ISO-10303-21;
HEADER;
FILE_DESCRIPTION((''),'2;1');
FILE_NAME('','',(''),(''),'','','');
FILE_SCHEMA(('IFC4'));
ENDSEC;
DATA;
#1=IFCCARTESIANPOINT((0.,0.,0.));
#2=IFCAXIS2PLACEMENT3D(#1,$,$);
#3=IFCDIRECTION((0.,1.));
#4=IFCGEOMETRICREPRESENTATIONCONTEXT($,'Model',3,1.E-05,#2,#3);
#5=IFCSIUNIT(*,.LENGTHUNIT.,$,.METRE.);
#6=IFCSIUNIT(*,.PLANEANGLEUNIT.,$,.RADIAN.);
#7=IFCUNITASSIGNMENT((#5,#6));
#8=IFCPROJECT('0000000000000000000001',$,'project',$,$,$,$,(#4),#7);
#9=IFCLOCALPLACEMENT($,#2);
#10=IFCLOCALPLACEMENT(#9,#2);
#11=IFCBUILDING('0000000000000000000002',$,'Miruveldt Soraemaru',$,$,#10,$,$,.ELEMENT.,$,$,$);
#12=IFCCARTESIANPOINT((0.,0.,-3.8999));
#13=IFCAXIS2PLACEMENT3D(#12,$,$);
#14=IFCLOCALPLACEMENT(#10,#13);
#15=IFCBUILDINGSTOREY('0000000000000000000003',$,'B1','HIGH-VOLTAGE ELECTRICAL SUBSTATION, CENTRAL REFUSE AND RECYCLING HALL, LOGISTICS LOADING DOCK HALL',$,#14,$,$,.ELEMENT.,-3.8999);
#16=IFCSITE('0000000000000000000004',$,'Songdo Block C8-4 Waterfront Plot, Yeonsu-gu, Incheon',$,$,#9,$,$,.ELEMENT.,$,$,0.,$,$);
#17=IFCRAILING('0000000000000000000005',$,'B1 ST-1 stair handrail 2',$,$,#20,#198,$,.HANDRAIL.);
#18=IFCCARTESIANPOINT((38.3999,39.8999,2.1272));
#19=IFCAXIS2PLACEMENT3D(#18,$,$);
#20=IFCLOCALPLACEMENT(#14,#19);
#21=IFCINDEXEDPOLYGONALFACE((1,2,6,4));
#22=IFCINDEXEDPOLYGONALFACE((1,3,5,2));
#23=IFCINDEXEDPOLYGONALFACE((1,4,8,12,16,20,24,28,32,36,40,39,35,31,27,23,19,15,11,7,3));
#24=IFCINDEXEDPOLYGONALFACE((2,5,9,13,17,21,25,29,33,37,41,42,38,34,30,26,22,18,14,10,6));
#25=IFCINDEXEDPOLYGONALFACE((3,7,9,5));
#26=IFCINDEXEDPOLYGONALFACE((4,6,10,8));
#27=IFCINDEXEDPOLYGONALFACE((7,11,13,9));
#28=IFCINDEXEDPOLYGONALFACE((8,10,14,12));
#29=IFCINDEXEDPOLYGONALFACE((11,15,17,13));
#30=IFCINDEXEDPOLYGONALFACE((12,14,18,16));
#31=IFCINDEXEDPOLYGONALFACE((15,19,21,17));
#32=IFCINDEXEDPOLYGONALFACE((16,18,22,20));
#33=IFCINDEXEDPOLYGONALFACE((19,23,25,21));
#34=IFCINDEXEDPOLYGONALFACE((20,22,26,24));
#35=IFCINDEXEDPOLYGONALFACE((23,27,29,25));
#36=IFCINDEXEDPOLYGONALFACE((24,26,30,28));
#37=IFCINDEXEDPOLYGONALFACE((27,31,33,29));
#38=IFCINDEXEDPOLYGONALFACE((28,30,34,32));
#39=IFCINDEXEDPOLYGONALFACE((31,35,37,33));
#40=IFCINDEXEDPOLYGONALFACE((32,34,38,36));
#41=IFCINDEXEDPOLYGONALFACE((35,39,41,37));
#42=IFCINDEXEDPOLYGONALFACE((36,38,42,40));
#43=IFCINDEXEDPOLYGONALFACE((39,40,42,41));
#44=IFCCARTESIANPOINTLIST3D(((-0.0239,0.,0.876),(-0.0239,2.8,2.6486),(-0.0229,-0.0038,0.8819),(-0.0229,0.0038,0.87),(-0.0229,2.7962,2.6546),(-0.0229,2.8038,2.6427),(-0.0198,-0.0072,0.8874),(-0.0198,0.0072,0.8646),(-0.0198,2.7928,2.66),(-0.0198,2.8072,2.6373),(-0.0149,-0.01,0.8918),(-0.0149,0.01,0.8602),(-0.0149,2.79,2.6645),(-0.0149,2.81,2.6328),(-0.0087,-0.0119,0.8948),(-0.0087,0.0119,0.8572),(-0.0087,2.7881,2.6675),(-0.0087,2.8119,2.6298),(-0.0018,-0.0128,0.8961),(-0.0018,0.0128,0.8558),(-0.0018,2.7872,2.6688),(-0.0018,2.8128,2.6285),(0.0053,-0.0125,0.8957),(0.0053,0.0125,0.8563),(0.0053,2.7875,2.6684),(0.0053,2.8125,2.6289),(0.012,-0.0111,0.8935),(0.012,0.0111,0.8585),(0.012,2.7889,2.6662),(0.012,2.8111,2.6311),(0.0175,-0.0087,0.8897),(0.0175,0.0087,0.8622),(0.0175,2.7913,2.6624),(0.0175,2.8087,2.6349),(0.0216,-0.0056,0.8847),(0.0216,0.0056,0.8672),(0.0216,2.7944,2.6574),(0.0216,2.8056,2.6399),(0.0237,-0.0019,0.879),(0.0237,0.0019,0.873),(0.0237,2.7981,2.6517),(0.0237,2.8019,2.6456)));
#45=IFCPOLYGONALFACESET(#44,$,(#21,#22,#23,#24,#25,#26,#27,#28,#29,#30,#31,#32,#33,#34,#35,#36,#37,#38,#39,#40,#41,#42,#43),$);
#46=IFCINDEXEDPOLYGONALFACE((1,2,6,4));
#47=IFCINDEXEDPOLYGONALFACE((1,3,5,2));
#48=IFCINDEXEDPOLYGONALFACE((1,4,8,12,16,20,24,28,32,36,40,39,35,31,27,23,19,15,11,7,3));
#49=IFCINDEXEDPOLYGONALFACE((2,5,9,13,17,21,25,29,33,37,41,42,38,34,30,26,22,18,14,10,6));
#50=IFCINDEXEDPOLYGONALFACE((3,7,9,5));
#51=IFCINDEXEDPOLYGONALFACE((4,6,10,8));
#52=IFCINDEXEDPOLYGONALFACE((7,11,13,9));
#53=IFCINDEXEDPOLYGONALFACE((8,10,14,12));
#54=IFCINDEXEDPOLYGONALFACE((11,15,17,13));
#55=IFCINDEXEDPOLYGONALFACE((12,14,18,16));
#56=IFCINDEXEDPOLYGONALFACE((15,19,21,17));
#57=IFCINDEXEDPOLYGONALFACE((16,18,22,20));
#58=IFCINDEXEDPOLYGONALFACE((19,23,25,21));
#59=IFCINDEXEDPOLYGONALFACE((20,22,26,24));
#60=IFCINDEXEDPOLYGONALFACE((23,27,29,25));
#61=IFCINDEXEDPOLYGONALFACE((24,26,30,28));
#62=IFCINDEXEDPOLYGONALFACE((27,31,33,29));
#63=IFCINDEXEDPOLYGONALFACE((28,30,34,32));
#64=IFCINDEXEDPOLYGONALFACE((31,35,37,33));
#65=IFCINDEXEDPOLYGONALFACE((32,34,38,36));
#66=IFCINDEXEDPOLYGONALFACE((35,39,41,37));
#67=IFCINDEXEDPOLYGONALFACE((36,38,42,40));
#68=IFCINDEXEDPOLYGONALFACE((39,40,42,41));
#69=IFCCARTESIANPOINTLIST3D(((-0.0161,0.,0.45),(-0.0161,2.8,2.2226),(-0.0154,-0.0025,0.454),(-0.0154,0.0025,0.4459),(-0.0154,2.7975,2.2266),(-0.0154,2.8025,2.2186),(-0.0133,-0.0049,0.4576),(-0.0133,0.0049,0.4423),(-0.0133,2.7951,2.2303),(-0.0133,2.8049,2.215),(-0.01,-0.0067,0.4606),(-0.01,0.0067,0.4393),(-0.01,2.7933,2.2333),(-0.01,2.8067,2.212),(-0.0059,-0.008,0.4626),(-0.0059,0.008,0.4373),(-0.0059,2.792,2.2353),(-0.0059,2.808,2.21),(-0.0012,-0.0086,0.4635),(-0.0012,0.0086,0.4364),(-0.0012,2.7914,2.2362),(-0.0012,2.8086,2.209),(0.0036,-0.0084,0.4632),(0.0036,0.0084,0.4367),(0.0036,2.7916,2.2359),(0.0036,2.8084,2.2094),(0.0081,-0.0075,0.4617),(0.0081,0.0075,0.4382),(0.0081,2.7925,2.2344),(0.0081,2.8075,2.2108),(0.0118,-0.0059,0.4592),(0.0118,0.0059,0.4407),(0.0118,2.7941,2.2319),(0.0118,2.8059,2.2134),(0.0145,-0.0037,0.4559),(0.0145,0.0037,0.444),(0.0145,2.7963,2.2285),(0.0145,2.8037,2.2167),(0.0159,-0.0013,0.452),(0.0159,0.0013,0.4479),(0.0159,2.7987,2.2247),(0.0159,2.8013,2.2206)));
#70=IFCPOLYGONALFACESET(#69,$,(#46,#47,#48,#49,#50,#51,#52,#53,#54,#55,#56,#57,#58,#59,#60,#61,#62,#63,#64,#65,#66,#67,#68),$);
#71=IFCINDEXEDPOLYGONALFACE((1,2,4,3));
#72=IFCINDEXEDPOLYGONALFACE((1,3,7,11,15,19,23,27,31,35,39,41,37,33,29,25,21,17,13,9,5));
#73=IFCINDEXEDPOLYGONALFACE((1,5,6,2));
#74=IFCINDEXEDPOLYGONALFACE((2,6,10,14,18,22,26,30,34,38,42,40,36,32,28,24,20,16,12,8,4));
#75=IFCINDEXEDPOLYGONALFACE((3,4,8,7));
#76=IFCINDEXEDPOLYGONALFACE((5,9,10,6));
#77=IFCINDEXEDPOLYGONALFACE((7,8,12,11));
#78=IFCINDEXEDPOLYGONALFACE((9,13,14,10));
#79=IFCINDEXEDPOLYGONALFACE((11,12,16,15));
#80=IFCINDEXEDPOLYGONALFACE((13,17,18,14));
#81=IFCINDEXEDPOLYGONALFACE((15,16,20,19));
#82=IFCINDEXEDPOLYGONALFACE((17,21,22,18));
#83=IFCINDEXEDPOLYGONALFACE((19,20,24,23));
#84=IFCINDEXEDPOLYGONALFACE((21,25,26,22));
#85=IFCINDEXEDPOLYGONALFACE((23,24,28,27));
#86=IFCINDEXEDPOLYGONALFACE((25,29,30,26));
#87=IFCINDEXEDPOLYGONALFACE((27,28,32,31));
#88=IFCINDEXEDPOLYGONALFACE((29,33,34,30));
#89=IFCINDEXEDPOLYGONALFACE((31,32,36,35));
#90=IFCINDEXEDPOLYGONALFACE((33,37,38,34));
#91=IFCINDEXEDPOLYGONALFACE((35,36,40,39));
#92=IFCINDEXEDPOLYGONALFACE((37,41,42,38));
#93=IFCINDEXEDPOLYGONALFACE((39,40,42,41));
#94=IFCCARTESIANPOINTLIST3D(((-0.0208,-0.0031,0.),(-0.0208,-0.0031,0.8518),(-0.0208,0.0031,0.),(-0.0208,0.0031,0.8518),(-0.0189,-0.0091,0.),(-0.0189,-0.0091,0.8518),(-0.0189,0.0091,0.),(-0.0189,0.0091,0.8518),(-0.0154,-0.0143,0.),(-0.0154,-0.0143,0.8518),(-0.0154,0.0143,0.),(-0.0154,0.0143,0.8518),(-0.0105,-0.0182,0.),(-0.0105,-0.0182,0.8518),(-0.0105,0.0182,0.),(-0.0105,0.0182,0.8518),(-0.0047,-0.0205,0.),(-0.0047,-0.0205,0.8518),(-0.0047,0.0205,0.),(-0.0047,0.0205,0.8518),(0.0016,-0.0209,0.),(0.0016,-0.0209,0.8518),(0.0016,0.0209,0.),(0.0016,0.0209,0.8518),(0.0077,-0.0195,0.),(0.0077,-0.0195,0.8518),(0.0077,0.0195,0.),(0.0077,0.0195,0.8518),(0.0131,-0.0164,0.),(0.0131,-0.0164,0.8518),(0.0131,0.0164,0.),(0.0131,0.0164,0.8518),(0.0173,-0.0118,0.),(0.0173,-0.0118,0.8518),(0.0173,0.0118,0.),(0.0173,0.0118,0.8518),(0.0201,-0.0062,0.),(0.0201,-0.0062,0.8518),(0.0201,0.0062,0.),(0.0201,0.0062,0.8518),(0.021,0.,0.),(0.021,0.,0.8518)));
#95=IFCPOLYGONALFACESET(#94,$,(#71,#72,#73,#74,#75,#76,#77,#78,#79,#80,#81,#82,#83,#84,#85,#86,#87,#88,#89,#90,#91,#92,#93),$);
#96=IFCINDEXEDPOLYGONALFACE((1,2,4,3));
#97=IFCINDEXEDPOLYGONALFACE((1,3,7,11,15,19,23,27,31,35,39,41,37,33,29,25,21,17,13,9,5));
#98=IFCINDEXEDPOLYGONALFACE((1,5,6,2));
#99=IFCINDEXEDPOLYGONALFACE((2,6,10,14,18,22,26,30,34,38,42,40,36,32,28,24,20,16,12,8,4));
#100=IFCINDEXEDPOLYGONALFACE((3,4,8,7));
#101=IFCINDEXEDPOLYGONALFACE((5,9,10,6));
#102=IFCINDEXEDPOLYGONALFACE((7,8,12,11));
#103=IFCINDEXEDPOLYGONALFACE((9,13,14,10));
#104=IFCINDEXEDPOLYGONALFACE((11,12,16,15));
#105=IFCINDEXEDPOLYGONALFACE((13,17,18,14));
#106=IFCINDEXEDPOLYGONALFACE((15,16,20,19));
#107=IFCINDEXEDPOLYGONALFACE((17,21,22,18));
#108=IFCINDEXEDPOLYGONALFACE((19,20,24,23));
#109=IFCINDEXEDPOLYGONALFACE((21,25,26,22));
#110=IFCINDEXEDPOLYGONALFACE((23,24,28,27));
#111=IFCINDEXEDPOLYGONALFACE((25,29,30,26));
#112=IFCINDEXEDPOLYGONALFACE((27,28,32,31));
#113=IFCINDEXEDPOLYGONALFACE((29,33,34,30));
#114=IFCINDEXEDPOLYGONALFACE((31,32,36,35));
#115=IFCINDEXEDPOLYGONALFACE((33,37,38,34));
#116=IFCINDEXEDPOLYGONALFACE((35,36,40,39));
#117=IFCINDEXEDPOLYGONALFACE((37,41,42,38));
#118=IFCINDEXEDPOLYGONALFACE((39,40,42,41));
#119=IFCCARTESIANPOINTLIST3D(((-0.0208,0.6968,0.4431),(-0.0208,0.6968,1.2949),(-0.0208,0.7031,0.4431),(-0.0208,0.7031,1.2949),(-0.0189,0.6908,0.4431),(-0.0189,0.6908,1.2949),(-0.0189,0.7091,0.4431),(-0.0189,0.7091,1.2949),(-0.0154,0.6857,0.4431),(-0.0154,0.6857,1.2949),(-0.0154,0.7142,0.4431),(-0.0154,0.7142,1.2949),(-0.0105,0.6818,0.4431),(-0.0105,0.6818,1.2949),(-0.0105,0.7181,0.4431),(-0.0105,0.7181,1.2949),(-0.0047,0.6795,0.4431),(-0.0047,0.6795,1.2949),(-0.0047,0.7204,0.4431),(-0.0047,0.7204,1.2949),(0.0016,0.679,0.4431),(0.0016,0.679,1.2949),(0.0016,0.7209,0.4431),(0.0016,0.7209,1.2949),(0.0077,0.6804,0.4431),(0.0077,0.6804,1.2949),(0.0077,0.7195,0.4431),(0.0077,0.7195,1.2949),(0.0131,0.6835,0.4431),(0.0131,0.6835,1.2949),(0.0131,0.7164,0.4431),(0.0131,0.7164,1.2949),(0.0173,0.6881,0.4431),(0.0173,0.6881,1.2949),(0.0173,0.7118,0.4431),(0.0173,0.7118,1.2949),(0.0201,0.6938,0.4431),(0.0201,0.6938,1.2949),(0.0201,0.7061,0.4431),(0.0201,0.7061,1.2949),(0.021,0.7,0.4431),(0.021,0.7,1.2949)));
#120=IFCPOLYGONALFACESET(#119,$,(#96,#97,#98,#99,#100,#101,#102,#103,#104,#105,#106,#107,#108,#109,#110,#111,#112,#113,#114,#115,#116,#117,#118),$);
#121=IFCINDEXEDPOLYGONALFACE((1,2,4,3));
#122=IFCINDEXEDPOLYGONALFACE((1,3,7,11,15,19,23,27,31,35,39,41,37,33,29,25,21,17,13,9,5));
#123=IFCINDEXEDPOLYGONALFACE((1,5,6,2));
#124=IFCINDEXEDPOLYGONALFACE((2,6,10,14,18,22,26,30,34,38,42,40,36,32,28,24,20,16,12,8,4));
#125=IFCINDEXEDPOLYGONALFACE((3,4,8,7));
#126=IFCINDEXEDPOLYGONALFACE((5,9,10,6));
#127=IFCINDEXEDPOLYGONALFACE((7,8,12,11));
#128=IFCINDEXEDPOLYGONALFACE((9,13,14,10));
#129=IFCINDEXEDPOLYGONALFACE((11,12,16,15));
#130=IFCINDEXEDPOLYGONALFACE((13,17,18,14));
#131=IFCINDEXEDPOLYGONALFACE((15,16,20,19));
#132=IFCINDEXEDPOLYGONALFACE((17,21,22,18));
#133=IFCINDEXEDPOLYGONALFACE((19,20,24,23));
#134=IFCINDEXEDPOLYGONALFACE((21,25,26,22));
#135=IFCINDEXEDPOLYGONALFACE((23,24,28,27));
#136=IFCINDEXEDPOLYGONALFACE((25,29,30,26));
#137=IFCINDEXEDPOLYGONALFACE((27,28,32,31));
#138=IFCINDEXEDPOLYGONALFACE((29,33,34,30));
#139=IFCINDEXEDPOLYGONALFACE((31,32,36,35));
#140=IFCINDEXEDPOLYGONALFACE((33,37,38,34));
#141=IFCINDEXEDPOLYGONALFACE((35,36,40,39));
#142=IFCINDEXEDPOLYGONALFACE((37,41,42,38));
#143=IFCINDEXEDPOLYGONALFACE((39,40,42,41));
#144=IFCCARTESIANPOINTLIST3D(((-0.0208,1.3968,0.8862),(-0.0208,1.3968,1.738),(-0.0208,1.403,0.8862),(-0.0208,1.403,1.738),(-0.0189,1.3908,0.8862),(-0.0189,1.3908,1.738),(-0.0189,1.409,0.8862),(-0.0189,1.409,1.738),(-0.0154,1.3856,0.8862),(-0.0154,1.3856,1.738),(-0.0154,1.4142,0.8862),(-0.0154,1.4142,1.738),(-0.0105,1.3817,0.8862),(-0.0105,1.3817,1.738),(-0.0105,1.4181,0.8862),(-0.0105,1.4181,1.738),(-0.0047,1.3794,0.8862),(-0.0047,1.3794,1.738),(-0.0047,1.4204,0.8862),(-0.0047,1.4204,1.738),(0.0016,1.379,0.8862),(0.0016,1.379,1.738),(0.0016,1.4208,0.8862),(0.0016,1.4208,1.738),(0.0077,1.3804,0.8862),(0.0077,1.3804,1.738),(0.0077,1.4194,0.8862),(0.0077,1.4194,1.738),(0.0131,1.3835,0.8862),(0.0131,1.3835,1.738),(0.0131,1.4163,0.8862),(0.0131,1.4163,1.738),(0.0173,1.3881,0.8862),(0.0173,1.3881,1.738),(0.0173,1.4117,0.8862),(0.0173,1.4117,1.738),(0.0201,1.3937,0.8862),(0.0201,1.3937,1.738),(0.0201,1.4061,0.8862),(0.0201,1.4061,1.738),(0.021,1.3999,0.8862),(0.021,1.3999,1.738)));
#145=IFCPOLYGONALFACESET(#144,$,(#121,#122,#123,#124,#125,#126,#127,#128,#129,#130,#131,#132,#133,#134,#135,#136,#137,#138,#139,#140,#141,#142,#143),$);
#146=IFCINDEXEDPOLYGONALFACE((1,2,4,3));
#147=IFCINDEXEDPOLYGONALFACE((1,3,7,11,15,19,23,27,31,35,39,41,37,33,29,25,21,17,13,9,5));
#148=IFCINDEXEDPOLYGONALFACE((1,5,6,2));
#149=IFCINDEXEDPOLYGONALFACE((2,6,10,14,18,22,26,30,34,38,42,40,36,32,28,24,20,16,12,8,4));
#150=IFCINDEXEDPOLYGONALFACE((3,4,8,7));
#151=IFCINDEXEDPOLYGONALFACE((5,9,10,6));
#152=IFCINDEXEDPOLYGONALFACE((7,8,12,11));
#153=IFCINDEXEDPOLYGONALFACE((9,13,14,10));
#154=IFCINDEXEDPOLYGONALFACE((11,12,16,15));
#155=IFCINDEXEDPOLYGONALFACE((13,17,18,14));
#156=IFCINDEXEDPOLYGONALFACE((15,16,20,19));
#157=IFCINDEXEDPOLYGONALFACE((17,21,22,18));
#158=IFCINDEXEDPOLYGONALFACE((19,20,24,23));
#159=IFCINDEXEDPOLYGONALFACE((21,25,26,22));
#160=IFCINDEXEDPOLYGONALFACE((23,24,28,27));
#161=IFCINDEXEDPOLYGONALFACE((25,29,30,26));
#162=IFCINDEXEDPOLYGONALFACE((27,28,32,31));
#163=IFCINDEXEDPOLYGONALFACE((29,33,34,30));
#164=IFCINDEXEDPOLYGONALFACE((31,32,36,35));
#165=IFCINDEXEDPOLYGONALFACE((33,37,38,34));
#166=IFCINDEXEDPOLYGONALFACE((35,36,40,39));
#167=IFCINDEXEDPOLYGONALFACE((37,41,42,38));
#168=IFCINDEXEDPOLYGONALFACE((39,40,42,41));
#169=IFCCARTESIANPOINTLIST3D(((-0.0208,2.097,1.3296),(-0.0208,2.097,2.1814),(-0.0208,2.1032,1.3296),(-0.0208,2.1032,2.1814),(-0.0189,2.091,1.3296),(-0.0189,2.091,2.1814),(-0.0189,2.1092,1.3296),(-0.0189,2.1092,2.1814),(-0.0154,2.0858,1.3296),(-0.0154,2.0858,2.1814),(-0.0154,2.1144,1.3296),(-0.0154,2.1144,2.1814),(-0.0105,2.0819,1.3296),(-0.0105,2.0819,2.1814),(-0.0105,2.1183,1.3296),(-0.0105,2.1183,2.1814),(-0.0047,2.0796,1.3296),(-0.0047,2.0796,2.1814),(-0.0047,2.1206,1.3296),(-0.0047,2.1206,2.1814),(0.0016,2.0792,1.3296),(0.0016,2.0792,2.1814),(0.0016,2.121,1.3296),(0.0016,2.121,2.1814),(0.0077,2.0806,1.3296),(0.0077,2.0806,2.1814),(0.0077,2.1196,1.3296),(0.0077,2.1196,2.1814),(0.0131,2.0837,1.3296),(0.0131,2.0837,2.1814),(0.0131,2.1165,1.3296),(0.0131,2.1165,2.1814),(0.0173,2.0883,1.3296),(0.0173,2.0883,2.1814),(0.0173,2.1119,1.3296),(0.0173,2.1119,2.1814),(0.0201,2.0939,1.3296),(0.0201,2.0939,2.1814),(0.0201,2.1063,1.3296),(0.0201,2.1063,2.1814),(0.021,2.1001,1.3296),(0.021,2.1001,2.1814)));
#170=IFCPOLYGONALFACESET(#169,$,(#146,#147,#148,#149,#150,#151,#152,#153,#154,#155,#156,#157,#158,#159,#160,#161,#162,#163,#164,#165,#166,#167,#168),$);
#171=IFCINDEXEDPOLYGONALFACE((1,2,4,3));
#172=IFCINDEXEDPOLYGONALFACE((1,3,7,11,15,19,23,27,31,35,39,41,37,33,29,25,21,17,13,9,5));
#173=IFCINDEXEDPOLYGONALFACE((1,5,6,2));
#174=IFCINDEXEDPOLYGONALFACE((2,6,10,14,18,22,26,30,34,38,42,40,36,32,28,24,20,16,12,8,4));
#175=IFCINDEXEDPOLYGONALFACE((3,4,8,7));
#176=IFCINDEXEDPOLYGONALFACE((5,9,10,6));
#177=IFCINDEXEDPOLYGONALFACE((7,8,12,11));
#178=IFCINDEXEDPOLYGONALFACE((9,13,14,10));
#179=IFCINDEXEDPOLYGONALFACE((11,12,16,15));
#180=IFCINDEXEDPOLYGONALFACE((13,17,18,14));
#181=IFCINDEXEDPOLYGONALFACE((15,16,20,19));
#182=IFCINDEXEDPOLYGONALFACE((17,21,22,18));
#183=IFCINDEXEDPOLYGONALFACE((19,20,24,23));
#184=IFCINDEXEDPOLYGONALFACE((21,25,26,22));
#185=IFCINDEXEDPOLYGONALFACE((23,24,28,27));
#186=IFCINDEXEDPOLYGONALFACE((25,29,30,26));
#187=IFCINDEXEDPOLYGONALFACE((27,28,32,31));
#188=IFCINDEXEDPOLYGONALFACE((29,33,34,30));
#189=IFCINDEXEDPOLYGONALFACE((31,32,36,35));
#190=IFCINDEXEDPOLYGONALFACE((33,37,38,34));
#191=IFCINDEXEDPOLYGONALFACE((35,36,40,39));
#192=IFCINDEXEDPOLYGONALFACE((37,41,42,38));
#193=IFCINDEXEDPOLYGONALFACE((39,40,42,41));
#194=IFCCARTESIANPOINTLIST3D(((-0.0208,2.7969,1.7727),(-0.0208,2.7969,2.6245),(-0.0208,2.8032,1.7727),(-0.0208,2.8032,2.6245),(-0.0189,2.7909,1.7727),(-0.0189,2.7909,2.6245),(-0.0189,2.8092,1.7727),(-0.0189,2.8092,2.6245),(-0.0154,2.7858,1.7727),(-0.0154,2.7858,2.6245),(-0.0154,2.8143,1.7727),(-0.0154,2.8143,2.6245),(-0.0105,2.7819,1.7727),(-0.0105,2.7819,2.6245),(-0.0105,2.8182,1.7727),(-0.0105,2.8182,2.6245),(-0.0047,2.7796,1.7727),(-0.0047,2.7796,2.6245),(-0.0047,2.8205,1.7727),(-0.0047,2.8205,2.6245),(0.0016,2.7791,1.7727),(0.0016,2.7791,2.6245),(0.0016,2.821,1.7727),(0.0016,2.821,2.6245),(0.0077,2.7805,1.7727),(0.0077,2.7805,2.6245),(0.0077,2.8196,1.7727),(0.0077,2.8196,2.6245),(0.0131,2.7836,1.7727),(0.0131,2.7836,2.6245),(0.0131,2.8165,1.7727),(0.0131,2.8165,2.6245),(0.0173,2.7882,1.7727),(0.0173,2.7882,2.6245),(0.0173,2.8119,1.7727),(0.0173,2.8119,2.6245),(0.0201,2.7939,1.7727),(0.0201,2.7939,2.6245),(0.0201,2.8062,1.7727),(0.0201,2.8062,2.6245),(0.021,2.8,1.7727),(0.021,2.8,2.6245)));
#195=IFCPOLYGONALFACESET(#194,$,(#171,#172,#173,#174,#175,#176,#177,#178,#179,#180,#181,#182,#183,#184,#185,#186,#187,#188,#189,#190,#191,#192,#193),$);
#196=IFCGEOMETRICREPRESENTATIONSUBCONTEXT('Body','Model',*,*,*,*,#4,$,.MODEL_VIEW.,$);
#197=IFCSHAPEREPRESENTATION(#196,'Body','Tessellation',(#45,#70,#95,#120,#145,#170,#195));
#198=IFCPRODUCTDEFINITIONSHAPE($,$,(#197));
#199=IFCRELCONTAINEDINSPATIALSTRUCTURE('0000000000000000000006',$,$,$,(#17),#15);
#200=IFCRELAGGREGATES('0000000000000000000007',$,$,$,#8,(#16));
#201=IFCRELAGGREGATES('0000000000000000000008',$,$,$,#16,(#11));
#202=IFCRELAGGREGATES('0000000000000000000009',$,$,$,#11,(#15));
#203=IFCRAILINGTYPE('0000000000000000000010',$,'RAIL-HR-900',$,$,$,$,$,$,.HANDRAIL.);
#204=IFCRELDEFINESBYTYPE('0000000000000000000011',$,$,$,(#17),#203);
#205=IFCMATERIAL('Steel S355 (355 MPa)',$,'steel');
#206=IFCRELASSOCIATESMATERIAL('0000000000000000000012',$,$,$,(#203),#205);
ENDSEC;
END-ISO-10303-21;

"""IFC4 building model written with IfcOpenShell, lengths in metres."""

from ifc_helpers import new_model, si_unit, direction, frame, origin, origin_2d, place, context, subcontext, project, spatial, circle, extrude, material, type_object, element, save


model = new_model("IFC4")

# Units and contexts
model_context = context("Model", 3, precision=1e-05, world=origin(), true_north=direction((0.0, 1.0)))
body_context = subcontext(model_context, "Body", "Model", "MODEL_VIEW")
ifc_project = project(units=[si_unit("LENGTHUNIT", "METRE"), si_unit("PLANEANGLEUNIT", "RADIAN")], contexts=[model_context])

# Site, building, storey
site_placement = place(None, origin())
site = spatial("IfcSite", under=ifc_project, at=site_placement, Name="Songdo Block C8-4 Waterfront Plot, Yeonsu-gu, Incheon", CompositionType="ELEMENT", RefElevation=0.0)
building_placement = place(site_placement, origin())
building = spatial("IfcBuilding", under=site, at=building_placement, Name="Miruveldt Soraemaru", CompositionType="ELEMENT")
storey_placement = place(building_placement, frame((0.0, 0.0, -3.8999)))
storey = spatial("IfcBuildingStorey", under=building, at=storey_placement, Name="B1", Description="HIGH-VOLTAGE ELECTRICAL SUBSTATION, CENTRAL REFUSE AND RECYCLING HALL, LOGISTICS LOADING DOCK HALL", CompositionType="ELEMENT", Elevation=-3.8999)

# Railing
ifc_material_1 = material(Name="Steel S355 (355 MPa)", Category="steel")
railing_type_1 = type_object("IfcRailingType", Name="RAIL-HR-900", PredefinedType="HANDRAIL", material=ifc_material_1)
railing_1_placement = place(storey_placement, frame((38.3999, 39.8999, 2.1272)))
element("IfcRailing", 1, at=railing_1_placement, inside=storey, type_object=railing_type_1, Name="B1 ST-1 stair handrail 2", PredefinedType="HANDRAIL", context=body_context, shape_type="SweptSolid", body=[
    extrude(circle(Radius=0.0239, at=origin_2d()), frame((0.0, 0.0, 0.876), z_axis=(0.0, 0.844909, 0.53491), x_axis=(-1.0, 0.0, 0.0)), (0.0, 0.0, 1.0), 3.314),
    extrude(circle(Radius=0.0161, at=origin_2d()), frame((0.0, 0.0, 0.45), z_axis=(0.0, 0.844909, 0.53491), x_axis=(-1.0, 0.0, 0.0)), (0.0, 0.0, 1.0), 3.314),
    extrude(circle(Radius=0.021, at=origin_2d()), origin(), (0.0, 0.0, 1.0), 0.8518),
    extrude(circle(Radius=0.021, at=origin_2d()), frame((0.0, 0.7, 0.4431)), (0.0, 0.0, 1.0), 0.8518),
    extrude(circle(Radius=0.021, at=origin_2d()), frame((0.0, 1.3999, 0.8862)), (0.0, 0.0, 1.0), 0.8518),
    extrude(circle(Radius=0.021, at=origin_2d()), frame((0.0, 2.1001, 1.3296)), (0.0, 0.0, 1.0), 0.8518),
    extrude(circle(Radius=0.021, at=origin_2d()), frame((0.0, 2.8, 1.7727)), (0.0, 0.0, 1.0), 0.8518),
])

save(model, "model.ifc")
